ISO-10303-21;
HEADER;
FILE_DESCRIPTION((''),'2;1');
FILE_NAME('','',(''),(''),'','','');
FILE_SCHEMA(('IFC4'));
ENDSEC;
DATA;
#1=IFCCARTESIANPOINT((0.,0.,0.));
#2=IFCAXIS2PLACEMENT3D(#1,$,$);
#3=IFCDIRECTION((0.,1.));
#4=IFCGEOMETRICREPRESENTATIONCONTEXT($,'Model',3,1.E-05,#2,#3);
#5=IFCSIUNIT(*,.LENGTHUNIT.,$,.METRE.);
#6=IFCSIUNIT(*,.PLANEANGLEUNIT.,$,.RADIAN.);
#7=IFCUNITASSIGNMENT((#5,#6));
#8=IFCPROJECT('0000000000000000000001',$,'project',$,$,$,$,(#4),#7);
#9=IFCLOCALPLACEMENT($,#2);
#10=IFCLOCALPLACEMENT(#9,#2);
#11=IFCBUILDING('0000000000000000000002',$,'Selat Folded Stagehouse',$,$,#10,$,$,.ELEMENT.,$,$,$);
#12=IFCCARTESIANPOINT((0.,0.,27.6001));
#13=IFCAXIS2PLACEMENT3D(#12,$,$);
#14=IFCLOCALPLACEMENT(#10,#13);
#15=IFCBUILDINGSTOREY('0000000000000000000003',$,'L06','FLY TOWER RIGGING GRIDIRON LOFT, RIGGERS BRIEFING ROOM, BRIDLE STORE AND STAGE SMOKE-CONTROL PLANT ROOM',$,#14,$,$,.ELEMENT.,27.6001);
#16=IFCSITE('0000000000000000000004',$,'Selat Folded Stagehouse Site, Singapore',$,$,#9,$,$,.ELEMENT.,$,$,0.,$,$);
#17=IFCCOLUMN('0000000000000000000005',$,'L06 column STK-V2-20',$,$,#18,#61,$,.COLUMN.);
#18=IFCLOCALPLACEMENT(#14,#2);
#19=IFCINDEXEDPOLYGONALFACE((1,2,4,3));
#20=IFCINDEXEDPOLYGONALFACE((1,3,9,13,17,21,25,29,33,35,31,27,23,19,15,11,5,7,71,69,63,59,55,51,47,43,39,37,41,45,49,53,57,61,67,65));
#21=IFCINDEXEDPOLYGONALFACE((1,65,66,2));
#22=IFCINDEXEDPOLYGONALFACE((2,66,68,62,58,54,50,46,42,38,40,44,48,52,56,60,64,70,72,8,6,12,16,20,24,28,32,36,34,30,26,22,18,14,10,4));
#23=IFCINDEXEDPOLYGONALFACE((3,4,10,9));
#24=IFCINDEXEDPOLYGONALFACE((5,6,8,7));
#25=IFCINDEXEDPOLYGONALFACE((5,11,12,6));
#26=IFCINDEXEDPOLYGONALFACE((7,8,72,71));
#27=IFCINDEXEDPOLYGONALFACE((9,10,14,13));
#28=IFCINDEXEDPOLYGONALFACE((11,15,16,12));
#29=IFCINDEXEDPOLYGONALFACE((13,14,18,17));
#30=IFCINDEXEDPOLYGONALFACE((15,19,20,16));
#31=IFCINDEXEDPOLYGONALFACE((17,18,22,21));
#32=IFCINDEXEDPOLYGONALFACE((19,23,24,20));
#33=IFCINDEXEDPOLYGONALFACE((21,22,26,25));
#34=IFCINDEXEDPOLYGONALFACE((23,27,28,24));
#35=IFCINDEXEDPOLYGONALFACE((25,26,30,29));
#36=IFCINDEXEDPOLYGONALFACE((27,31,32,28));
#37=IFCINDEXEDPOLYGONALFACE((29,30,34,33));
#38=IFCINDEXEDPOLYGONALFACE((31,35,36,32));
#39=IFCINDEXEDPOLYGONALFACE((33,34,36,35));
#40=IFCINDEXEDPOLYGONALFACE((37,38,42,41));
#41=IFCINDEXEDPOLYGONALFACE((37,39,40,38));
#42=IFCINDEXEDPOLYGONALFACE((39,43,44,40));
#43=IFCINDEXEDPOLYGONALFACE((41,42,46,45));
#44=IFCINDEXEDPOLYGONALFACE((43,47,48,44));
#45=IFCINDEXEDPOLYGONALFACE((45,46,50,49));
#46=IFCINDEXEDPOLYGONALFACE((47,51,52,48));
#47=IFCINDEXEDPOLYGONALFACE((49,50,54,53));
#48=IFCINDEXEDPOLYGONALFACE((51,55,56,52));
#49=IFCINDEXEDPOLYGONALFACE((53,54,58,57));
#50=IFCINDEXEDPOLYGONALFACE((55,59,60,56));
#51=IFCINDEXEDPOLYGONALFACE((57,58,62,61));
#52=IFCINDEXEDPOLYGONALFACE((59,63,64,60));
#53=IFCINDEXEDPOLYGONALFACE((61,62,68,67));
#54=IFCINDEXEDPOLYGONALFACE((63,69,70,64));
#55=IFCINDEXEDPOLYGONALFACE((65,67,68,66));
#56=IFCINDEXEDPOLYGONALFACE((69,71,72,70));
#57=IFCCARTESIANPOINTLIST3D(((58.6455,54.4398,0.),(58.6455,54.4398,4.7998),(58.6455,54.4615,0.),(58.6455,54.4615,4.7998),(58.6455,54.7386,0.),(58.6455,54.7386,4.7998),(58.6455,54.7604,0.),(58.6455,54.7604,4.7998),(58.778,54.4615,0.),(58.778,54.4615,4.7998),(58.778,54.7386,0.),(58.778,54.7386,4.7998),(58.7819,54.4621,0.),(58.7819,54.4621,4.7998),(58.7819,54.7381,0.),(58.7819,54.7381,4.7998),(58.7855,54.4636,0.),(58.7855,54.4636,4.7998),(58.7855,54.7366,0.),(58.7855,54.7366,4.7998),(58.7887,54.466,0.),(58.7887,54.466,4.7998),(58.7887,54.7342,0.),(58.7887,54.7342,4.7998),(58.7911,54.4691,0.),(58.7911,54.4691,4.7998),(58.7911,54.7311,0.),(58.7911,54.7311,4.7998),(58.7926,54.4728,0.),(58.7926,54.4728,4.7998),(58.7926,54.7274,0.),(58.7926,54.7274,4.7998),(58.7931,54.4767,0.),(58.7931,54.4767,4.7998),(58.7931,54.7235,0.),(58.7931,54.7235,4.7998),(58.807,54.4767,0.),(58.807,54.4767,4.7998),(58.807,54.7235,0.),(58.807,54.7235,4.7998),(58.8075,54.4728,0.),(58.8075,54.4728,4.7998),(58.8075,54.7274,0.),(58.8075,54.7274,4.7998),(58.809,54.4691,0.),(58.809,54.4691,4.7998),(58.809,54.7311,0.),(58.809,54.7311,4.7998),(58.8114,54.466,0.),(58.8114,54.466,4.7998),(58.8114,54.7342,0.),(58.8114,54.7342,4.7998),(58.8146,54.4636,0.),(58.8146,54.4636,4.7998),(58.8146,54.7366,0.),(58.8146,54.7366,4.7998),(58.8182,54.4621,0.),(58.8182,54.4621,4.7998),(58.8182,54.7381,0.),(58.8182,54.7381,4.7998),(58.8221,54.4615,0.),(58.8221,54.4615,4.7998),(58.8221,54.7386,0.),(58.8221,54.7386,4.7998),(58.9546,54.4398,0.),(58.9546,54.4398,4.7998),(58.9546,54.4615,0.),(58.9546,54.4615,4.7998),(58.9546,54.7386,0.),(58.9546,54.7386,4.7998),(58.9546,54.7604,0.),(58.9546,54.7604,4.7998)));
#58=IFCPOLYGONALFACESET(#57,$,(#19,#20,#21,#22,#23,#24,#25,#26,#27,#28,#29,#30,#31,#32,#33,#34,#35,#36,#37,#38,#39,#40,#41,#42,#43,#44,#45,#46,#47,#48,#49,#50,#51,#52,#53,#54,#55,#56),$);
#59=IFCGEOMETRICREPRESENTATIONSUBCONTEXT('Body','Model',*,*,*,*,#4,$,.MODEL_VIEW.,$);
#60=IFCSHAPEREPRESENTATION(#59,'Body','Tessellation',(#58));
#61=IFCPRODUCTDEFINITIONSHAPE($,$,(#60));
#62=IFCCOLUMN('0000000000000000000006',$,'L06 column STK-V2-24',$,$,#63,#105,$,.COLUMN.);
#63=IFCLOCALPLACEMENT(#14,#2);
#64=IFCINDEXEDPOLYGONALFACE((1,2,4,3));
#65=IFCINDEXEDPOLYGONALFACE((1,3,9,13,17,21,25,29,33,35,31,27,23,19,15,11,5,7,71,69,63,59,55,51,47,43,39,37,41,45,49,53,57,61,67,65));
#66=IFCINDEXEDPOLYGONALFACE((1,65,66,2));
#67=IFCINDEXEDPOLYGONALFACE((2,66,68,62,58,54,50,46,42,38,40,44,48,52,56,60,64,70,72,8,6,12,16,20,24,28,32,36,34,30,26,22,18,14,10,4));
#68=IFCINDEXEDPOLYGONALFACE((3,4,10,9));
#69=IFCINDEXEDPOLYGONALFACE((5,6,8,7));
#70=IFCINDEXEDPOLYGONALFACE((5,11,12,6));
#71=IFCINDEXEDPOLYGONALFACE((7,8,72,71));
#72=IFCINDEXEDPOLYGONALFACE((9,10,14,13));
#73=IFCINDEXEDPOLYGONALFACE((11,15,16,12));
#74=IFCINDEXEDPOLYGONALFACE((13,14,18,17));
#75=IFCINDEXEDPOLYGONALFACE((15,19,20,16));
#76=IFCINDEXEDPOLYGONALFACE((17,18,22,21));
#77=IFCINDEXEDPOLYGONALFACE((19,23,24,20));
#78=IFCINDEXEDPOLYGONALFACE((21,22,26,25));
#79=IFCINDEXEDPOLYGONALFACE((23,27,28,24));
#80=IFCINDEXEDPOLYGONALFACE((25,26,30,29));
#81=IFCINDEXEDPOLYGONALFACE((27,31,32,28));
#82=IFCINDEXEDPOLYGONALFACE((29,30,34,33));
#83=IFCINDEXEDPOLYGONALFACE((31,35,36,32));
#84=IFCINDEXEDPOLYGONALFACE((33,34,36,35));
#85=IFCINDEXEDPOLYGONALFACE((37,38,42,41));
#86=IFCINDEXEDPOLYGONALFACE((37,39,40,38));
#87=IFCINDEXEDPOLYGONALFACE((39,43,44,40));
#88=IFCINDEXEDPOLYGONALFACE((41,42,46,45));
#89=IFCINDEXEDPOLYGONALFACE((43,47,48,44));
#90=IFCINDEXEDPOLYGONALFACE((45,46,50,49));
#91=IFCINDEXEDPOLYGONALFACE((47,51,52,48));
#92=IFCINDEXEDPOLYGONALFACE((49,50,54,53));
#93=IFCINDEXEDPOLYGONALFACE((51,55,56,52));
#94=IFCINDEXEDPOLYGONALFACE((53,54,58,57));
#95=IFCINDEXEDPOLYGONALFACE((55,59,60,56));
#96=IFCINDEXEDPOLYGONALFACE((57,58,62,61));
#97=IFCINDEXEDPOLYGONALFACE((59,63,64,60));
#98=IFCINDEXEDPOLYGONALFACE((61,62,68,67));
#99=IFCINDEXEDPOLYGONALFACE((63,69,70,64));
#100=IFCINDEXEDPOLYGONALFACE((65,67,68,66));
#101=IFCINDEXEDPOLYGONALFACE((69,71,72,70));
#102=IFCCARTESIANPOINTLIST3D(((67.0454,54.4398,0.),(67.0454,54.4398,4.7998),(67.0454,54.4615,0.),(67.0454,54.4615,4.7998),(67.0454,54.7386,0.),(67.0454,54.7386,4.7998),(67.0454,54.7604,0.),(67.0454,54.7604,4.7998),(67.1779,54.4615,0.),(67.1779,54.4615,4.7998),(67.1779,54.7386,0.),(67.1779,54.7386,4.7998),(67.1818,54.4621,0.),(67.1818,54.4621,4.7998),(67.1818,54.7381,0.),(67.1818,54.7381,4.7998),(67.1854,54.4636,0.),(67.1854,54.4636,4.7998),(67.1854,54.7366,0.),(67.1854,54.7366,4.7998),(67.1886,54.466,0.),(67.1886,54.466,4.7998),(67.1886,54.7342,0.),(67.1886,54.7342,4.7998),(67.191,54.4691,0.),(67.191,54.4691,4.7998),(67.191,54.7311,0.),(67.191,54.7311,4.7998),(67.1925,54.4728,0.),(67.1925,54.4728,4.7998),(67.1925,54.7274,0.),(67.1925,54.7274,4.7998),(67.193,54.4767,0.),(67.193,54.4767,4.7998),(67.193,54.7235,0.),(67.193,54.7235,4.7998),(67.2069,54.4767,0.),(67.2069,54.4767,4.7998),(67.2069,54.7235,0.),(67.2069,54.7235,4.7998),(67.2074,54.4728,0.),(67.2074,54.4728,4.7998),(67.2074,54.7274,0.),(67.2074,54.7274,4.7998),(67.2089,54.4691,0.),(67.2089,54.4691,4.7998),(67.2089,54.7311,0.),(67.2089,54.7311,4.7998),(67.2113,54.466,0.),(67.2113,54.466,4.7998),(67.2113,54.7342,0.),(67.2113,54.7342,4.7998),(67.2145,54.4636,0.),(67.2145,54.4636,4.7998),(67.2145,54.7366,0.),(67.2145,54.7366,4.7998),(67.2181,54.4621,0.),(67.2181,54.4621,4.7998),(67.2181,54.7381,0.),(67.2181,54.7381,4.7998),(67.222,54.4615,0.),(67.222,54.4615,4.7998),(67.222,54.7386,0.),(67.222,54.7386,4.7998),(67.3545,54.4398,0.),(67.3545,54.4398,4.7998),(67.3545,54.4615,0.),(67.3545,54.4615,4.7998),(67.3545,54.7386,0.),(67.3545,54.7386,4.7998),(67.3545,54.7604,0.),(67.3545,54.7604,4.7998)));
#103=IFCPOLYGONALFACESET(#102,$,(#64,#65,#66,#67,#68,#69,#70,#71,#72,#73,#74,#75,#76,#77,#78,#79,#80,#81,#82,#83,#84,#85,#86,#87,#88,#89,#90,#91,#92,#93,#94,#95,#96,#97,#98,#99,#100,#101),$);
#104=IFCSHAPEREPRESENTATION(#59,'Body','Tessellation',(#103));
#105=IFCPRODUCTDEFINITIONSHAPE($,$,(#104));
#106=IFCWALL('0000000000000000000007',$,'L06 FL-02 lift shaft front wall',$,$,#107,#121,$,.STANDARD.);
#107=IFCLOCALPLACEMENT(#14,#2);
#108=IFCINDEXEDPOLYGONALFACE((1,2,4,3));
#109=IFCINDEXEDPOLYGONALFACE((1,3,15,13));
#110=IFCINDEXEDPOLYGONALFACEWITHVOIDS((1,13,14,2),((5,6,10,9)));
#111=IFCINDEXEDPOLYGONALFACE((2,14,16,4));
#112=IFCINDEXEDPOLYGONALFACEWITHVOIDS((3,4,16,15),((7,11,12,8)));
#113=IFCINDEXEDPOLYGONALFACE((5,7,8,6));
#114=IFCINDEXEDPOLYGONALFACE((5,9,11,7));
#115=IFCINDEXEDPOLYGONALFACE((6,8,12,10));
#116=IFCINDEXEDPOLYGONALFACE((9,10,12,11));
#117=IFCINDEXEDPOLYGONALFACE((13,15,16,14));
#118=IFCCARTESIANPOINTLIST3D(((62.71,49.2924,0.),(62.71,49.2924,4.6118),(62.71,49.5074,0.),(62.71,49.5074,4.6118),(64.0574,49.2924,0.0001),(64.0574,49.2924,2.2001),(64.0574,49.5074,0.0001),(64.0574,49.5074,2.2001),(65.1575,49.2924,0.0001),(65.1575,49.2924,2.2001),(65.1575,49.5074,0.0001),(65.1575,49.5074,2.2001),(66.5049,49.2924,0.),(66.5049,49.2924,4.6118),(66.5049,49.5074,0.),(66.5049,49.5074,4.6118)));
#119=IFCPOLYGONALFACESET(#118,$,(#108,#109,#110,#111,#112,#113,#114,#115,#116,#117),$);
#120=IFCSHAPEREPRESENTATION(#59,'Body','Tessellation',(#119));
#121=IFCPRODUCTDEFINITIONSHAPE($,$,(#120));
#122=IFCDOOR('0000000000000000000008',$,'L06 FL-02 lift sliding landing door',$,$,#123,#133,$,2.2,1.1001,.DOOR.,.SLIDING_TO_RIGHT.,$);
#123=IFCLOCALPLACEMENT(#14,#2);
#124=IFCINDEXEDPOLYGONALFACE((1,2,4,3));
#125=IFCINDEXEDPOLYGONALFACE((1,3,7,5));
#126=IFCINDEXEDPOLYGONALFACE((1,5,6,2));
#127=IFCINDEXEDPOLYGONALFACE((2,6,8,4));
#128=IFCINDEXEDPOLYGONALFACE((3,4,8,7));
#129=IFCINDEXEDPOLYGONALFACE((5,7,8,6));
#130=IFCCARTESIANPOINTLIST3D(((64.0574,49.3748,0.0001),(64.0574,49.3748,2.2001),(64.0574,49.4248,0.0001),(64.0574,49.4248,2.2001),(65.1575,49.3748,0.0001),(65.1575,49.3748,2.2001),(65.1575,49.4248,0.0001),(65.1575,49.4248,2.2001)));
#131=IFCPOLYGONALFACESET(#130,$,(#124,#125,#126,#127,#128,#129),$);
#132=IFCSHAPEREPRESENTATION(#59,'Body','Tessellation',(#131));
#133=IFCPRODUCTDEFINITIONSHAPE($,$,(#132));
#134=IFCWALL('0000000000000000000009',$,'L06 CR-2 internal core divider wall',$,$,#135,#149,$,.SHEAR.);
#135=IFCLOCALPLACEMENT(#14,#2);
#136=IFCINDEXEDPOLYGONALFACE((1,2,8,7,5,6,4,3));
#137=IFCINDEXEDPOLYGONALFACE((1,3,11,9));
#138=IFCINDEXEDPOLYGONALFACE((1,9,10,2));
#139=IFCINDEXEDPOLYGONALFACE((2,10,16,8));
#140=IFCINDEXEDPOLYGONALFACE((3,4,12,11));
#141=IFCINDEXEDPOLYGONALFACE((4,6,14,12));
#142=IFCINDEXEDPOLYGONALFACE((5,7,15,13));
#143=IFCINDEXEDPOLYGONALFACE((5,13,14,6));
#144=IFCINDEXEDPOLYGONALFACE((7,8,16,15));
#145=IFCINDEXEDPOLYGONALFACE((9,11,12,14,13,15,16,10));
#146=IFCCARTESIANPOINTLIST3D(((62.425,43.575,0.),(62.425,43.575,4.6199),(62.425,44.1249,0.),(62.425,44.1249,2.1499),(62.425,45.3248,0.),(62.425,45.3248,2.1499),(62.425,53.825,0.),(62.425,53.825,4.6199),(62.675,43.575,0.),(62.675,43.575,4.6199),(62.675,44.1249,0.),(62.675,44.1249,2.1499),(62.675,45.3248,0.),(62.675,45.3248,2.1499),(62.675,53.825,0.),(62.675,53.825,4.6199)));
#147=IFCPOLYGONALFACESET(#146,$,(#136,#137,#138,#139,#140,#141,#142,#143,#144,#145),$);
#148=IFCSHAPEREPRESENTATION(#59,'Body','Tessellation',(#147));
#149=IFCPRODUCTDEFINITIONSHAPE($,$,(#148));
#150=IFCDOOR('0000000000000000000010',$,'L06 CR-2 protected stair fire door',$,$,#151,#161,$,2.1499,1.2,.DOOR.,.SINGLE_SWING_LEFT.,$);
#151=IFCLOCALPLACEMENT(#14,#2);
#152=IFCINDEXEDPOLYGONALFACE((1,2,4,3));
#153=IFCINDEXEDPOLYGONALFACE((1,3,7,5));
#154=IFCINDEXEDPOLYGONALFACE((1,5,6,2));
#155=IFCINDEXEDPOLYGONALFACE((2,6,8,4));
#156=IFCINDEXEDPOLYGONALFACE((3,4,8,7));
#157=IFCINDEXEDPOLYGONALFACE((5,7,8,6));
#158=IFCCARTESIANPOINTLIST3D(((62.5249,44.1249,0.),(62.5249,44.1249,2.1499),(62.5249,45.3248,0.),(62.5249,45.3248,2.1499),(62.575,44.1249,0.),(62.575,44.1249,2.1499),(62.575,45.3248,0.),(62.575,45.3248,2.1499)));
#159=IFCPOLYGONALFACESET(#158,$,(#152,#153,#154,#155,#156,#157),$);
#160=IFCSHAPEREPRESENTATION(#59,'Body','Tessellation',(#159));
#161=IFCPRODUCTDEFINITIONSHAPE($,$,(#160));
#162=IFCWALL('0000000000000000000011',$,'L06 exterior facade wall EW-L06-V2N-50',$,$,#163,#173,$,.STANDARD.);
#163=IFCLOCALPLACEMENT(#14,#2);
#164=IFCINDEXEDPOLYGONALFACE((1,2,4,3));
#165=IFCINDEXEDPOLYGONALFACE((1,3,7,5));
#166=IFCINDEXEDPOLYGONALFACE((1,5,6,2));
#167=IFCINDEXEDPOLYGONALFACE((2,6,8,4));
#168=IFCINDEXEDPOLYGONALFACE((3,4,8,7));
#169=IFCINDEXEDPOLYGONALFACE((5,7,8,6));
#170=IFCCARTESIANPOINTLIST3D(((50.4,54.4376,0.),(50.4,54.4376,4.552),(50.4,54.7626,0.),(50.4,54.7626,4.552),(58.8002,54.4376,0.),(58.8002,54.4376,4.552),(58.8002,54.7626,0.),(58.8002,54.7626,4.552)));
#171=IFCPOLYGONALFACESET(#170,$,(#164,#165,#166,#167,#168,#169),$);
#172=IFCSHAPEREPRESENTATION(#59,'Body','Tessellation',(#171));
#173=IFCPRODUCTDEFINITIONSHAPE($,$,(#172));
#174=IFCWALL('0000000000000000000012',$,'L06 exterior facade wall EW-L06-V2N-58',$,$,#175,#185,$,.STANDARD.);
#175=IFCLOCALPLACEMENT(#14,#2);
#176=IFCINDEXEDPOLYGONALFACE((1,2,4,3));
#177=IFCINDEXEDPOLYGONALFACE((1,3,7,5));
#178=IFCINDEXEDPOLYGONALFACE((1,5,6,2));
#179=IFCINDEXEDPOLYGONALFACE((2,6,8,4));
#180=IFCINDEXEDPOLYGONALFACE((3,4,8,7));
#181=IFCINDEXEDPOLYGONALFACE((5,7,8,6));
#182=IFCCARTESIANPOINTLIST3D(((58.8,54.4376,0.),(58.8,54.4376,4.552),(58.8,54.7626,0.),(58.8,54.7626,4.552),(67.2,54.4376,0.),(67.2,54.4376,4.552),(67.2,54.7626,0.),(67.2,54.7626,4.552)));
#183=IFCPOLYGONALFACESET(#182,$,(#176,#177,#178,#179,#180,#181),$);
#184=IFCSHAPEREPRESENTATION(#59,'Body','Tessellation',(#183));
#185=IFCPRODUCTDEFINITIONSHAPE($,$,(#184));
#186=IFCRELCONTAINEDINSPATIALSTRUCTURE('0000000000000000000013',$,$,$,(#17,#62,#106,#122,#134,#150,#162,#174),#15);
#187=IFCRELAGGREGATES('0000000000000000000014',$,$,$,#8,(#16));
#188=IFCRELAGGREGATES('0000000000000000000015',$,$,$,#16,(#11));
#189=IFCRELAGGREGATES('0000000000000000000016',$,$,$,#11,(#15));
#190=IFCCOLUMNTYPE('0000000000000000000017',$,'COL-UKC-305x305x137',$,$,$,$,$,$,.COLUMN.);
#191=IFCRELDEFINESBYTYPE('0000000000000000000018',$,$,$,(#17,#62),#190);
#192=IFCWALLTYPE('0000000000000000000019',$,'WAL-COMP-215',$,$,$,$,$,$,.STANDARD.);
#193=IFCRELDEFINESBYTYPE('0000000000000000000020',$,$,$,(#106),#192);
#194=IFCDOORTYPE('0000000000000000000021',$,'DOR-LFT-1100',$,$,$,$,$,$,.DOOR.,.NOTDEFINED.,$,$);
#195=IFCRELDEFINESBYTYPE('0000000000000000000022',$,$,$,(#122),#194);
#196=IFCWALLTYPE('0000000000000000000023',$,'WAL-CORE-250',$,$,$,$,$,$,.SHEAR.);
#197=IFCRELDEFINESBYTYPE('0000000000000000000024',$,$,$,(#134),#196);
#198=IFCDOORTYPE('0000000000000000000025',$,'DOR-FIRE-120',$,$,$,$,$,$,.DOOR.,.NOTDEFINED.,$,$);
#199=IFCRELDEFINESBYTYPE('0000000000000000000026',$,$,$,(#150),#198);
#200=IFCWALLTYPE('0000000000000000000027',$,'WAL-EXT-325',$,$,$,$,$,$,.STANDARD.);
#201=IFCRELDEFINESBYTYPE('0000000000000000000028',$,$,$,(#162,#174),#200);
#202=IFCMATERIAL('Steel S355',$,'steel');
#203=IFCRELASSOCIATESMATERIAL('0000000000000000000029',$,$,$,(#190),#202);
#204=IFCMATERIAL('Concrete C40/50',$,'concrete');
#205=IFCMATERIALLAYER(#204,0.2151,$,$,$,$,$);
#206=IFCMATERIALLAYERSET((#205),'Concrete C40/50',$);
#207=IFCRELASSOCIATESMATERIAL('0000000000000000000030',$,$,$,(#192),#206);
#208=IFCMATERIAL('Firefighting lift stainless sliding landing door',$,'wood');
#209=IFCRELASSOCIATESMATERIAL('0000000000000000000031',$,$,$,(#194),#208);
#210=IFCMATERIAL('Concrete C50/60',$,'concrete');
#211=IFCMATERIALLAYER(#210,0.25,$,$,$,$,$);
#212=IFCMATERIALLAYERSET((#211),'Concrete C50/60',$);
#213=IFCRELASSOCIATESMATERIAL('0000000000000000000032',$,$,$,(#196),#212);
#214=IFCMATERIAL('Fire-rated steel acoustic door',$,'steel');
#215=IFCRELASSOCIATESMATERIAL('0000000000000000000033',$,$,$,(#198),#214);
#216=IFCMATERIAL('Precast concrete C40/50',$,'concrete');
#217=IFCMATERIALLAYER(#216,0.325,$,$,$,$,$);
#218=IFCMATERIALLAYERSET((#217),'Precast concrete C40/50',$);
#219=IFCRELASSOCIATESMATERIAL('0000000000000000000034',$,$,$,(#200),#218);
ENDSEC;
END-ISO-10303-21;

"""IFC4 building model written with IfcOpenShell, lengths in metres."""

from ifc_helpers import new_model, si_unit, direction, frame, frame_2d, origin, origin_2d, place, context, subcontext, project, spatial, rectangle, i_section, extrude, material, layer, layer_set, material_profile, profile_set, type_object, element, fill, save


model = new_model("IFC4")

# Units and contexts
model_context = context("Model", 3, precision=1e-05, world=origin(), true_north=direction((0.0, 1.0)))
body_context = subcontext(model_context, "Body", "Model", "MODEL_VIEW")
ifc_project = project(units=[si_unit("LENGTHUNIT", "METRE"), si_unit("PLANEANGLEUNIT", "RADIAN")], contexts=[model_context])

# Site, building, storey
site_placement = place(None, origin())
site = spatial("IfcSite", under=ifc_project, at=site_placement, Name="Selat Folded Stagehouse Site, Singapore", CompositionType="ELEMENT", RefElevation=0.0)
building_placement = place(site_placement, origin())
building = spatial("IfcBuilding", under=site, at=building_placement, Name="Selat Folded Stagehouse", CompositionType="ELEMENT")
storey_placement = place(building_placement, frame((0.0, 0.0, 27.6001)))
storey = spatial("IfcBuildingStorey", under=building, at=storey_placement, Name="L06", Description="FLY TOWER RIGGING GRIDIRON LOFT, RIGGERS BRIEFING ROOM, BRIDLE STORE AND STAGE SMOKE-CONTROL PLANT ROOM", CompositionType="ELEMENT", Elevation=27.6001)

# Columns
ifc_material_1 = material(Name="Steel S355", Category="steel")
ifc_material_profile = material_profile(ifc_material_1, i_section(OverallWidth=0.3091, OverallDepth=0.3206, WebThickness=0.0139, FlangeThickness=0.0217, FilletRadius=0.0151, at=origin_2d()), Name="UKC 305x305x137")
ifc_profile_set = profile_set([ifc_material_profile], Name="Steel S355")
column_type = type_object("IfcColumnType", Name="COL-UKC-305x305x137", PredefinedType="COLUMN", material=ifc_profile_set)
for number, where, z_axis, x_axis, name in (
    (1, (58.8, 54.6001, 0.0), (0.0, 0.0, 1.0), (1.0, 0.0, 0.0), "L06 column STK-V2-20"),
    (2, (67.2, 54.6001, 0.0), (0.0, 0.0, 1.0), (1.0, 0.0, 0.0), "L06 column STK-V2-24"),
):
    element("IfcColumn", number, at=place(storey_placement, frame(where, z_axis=z_axis, x_axis=x_axis)), inside=storey, type_object=column_type, Name=name, PredefinedType="COLUMN", context=body_context, shape_type="SweptSolid", body=[
        extrude(i_section(OverallWidth=0.3091, OverallDepth=0.3206, WebThickness=0.0139, FlangeThickness=0.0217, FilletRadius=0.0151, at=origin_2d()), origin(), (0.0, 0.0, 1.0), 4.7998),
    ])

# Walls, openings, doors
ifc_material_2 = material(Name="Concrete C40/50", Category="concrete")
ifc_layer_1 = layer(ifc_material_2, 0.2151)
ifc_layer_set_1 = layer_set([ifc_layer_1], Name="Concrete C40/50")
wall_type_1 = type_object("IfcWallType", Name="WAL-COMP-215", PredefinedType="STANDARD", material=ifc_layer_set_1)
wall_1_placement = place(storey_placement, frame((62.71, 49.3999, 0.0), z_axis=(0.0, 0.0, 1.0), x_axis=(1.0, 0.0, 0.0)))
wall_1 = element("IfcWall", 3, at=wall_1_placement, inside=storey, type_object=wall_type_1, Name="L06 FL-02 lift shaft front wall", PredefinedType="STANDARD", context=body_context, shape_type="SweptSolid", body=[
    extrude(rectangle(XDim=3.7949, YDim=0.2151, at=frame_2d((1.8975, 0.0))), origin(), (0.0, 0.0, 1.0), 4.6118),
])
opening_1_placement = place(wall_1_placement, frame((1.3474, 0.0, 0.0)))
opening_1 = element("IfcOpeningElement", 4, at=opening_1_placement, cuts=wall_1, PredefinedType="OPENING", context=body_context, shape_type="SweptSolid", body=[
    extrude(rectangle(XDim=1.1001, YDim=2.2, at=frame_2d((0.55, 1.1001))), frame((0.0, 0.1174, 0.0), z_axis=(0.0, -1.0, 0.0), x_axis=(1.0, 0.0, 0.0)), (0.0, 0.0, 1.0), 0.2351),
])
ifc_material_3 = material(Name="Firefighting lift stainless sliding landing door", Category="wood")
door_type_1 = type_object("IfcDoorType", Name="DOR-LFT-1100", OperationType="NOTDEFINED", PredefinedType="DOOR", material=ifc_material_3)
door_1_placement = place(opening_1_placement, origin())
door_1 = element("IfcDoor", 5, at=door_1_placement, inside=storey, type_object=door_type_1, Name="L06 FL-02 lift sliding landing door", OperationType="SLIDING_TO_RIGHT", OverallHeight=2.2, OverallWidth=1.1001, PredefinedType="DOOR", context=body_context, shape_type="SweptSolid", body=[
    extrude(rectangle(XDim=1.1001, YDim=2.2, at=frame_2d((0.55, 1.1001))), frame((0.0, 0.0249, 0.0), z_axis=(0.0, -1.0, 0.0), x_axis=(1.0, 0.0, 0.0)), (0.0, 0.0, 1.0), 0.05),
])
fill(opening_1, door_1)
ifc_material_4 = material(Name="Concrete C50/60", Category="concrete")
ifc_layer_2 = layer(ifc_material_4, 0.25)
ifc_layer_set_2 = layer_set([ifc_layer_2], Name="Concrete C50/60")
wall_type_2 = type_object("IfcWallType", Name="WAL-CORE-250", PredefinedType="SHEAR", material=ifc_layer_set_2)
wall_2_placement = place(storey_placement, frame((62.55, 53.825, 0.0), z_axis=(0.0, 0.0, 1.0), x_axis=(0.0, -1.0, 0.0)))
wall_2 = element("IfcWall", 6, at=wall_2_placement, inside=storey, type_object=wall_type_2, Name="L06 CR-2 internal core divider wall", PredefinedType="SHEAR", context=body_context, shape_type="SweptSolid", body=[
    extrude(rectangle(XDim=10.25, YDim=0.25, at=frame_2d((5.125, 0.0))), origin(), (0.0, 0.0, 1.0), 4.6199),
])
opening_2_placement = place(wall_2_placement, frame((8.5, 0.0, 0.0)))
opening_2 = element("IfcOpeningElement", 7, at=opening_2_placement, cuts=wall_2, PredefinedType="OPENING", context=body_context, shape_type="SweptSolid", body=[
    extrude(rectangle(XDim=1.2, YDim=2.1499, at=frame_2d((0.6001, 1.075))), frame((0.0, 0.135, 0.0), z_axis=(0.0, -1.0, 0.0), x_axis=(1.0, 0.0, 0.0)), (0.0, 0.0, 1.0), 0.27),
])
ifc_material_5 = material(Name="Fire-rated steel acoustic door", Category="steel")
door_type_2 = type_object("IfcDoorType", Name="DOR-FIRE-120", OperationType="NOTDEFINED", PredefinedType="DOOR", material=ifc_material_5)
door_2_placement = place(opening_2_placement, origin())
door_2 = element("IfcDoor", 8, at=door_2_placement, inside=storey, type_object=door_type_2, Name="L06 CR-2 protected stair fire door", OperationType="SINGLE_SWING_LEFT", OverallHeight=2.1499, OverallWidth=1.2, PredefinedType="DOOR", context=body_context, shape_type="SweptSolid", body=[
    extrude(rectangle(XDim=1.2, YDim=2.1499, at=frame_2d((0.6001, 1.075))), frame((0.0, 0.0249, 0.0), z_axis=(0.0, -1.0, 0.0), x_axis=(1.0, 0.0, 0.0)), (0.0, 0.0, 1.0), 0.05),
])
fill(opening_2, door_2)

# Walls
ifc_material_6 = material(Name="Precast concrete C40/50", Category="concrete")
ifc_layer_3 = layer(ifc_material_6, 0.325)
ifc_layer_set_3 = layer_set([ifc_layer_3], Name="Precast concrete C40/50")
wall_type_3 = type_object("IfcWallType", Name="WAL-EXT-325", PredefinedType="STANDARD", material=ifc_layer_set_3)
wall_3_placement = place(storey_placement, frame((50.3999, 54.6001, 0.0), z_axis=(0.0, 0.0, 1.0), x_axis=(1.0, 0.0, 0.0)))
element("IfcWall", 9, at=wall_3_placement, inside=storey, type_object=wall_type_3, Name="L06 exterior facade wall EW-L06-V2N-50", PredefinedType="STANDARD", context=body_context, shape_type="SweptSolid", body=[
    extrude(rectangle(XDim=8.4001, YDim=0.325, at=frame_2d((4.2002, 0.0))), origin(), (0.0, 0.0, 1.0), 4.552),
])
wall_4_placement = place(storey_placement, frame((58.8, 54.6001, 0.0), z_axis=(0.0, 0.0, 1.0), x_axis=(1.0, 0.0, 0.0)))
element("IfcWall", 10, at=wall_4_placement, inside=storey, type_object=wall_type_3, Name="L06 exterior facade wall EW-L06-V2N-58", PredefinedType="STANDARD", context=body_context, shape_type="SweptSolid", body=[
    extrude(rectangle(XDim=8.3999, YDim=0.325, at=frame_2d((4.2, 0.0))), origin(), (0.0, 0.0, 1.0), 4.552),
])

save(model, "model.ifc")
